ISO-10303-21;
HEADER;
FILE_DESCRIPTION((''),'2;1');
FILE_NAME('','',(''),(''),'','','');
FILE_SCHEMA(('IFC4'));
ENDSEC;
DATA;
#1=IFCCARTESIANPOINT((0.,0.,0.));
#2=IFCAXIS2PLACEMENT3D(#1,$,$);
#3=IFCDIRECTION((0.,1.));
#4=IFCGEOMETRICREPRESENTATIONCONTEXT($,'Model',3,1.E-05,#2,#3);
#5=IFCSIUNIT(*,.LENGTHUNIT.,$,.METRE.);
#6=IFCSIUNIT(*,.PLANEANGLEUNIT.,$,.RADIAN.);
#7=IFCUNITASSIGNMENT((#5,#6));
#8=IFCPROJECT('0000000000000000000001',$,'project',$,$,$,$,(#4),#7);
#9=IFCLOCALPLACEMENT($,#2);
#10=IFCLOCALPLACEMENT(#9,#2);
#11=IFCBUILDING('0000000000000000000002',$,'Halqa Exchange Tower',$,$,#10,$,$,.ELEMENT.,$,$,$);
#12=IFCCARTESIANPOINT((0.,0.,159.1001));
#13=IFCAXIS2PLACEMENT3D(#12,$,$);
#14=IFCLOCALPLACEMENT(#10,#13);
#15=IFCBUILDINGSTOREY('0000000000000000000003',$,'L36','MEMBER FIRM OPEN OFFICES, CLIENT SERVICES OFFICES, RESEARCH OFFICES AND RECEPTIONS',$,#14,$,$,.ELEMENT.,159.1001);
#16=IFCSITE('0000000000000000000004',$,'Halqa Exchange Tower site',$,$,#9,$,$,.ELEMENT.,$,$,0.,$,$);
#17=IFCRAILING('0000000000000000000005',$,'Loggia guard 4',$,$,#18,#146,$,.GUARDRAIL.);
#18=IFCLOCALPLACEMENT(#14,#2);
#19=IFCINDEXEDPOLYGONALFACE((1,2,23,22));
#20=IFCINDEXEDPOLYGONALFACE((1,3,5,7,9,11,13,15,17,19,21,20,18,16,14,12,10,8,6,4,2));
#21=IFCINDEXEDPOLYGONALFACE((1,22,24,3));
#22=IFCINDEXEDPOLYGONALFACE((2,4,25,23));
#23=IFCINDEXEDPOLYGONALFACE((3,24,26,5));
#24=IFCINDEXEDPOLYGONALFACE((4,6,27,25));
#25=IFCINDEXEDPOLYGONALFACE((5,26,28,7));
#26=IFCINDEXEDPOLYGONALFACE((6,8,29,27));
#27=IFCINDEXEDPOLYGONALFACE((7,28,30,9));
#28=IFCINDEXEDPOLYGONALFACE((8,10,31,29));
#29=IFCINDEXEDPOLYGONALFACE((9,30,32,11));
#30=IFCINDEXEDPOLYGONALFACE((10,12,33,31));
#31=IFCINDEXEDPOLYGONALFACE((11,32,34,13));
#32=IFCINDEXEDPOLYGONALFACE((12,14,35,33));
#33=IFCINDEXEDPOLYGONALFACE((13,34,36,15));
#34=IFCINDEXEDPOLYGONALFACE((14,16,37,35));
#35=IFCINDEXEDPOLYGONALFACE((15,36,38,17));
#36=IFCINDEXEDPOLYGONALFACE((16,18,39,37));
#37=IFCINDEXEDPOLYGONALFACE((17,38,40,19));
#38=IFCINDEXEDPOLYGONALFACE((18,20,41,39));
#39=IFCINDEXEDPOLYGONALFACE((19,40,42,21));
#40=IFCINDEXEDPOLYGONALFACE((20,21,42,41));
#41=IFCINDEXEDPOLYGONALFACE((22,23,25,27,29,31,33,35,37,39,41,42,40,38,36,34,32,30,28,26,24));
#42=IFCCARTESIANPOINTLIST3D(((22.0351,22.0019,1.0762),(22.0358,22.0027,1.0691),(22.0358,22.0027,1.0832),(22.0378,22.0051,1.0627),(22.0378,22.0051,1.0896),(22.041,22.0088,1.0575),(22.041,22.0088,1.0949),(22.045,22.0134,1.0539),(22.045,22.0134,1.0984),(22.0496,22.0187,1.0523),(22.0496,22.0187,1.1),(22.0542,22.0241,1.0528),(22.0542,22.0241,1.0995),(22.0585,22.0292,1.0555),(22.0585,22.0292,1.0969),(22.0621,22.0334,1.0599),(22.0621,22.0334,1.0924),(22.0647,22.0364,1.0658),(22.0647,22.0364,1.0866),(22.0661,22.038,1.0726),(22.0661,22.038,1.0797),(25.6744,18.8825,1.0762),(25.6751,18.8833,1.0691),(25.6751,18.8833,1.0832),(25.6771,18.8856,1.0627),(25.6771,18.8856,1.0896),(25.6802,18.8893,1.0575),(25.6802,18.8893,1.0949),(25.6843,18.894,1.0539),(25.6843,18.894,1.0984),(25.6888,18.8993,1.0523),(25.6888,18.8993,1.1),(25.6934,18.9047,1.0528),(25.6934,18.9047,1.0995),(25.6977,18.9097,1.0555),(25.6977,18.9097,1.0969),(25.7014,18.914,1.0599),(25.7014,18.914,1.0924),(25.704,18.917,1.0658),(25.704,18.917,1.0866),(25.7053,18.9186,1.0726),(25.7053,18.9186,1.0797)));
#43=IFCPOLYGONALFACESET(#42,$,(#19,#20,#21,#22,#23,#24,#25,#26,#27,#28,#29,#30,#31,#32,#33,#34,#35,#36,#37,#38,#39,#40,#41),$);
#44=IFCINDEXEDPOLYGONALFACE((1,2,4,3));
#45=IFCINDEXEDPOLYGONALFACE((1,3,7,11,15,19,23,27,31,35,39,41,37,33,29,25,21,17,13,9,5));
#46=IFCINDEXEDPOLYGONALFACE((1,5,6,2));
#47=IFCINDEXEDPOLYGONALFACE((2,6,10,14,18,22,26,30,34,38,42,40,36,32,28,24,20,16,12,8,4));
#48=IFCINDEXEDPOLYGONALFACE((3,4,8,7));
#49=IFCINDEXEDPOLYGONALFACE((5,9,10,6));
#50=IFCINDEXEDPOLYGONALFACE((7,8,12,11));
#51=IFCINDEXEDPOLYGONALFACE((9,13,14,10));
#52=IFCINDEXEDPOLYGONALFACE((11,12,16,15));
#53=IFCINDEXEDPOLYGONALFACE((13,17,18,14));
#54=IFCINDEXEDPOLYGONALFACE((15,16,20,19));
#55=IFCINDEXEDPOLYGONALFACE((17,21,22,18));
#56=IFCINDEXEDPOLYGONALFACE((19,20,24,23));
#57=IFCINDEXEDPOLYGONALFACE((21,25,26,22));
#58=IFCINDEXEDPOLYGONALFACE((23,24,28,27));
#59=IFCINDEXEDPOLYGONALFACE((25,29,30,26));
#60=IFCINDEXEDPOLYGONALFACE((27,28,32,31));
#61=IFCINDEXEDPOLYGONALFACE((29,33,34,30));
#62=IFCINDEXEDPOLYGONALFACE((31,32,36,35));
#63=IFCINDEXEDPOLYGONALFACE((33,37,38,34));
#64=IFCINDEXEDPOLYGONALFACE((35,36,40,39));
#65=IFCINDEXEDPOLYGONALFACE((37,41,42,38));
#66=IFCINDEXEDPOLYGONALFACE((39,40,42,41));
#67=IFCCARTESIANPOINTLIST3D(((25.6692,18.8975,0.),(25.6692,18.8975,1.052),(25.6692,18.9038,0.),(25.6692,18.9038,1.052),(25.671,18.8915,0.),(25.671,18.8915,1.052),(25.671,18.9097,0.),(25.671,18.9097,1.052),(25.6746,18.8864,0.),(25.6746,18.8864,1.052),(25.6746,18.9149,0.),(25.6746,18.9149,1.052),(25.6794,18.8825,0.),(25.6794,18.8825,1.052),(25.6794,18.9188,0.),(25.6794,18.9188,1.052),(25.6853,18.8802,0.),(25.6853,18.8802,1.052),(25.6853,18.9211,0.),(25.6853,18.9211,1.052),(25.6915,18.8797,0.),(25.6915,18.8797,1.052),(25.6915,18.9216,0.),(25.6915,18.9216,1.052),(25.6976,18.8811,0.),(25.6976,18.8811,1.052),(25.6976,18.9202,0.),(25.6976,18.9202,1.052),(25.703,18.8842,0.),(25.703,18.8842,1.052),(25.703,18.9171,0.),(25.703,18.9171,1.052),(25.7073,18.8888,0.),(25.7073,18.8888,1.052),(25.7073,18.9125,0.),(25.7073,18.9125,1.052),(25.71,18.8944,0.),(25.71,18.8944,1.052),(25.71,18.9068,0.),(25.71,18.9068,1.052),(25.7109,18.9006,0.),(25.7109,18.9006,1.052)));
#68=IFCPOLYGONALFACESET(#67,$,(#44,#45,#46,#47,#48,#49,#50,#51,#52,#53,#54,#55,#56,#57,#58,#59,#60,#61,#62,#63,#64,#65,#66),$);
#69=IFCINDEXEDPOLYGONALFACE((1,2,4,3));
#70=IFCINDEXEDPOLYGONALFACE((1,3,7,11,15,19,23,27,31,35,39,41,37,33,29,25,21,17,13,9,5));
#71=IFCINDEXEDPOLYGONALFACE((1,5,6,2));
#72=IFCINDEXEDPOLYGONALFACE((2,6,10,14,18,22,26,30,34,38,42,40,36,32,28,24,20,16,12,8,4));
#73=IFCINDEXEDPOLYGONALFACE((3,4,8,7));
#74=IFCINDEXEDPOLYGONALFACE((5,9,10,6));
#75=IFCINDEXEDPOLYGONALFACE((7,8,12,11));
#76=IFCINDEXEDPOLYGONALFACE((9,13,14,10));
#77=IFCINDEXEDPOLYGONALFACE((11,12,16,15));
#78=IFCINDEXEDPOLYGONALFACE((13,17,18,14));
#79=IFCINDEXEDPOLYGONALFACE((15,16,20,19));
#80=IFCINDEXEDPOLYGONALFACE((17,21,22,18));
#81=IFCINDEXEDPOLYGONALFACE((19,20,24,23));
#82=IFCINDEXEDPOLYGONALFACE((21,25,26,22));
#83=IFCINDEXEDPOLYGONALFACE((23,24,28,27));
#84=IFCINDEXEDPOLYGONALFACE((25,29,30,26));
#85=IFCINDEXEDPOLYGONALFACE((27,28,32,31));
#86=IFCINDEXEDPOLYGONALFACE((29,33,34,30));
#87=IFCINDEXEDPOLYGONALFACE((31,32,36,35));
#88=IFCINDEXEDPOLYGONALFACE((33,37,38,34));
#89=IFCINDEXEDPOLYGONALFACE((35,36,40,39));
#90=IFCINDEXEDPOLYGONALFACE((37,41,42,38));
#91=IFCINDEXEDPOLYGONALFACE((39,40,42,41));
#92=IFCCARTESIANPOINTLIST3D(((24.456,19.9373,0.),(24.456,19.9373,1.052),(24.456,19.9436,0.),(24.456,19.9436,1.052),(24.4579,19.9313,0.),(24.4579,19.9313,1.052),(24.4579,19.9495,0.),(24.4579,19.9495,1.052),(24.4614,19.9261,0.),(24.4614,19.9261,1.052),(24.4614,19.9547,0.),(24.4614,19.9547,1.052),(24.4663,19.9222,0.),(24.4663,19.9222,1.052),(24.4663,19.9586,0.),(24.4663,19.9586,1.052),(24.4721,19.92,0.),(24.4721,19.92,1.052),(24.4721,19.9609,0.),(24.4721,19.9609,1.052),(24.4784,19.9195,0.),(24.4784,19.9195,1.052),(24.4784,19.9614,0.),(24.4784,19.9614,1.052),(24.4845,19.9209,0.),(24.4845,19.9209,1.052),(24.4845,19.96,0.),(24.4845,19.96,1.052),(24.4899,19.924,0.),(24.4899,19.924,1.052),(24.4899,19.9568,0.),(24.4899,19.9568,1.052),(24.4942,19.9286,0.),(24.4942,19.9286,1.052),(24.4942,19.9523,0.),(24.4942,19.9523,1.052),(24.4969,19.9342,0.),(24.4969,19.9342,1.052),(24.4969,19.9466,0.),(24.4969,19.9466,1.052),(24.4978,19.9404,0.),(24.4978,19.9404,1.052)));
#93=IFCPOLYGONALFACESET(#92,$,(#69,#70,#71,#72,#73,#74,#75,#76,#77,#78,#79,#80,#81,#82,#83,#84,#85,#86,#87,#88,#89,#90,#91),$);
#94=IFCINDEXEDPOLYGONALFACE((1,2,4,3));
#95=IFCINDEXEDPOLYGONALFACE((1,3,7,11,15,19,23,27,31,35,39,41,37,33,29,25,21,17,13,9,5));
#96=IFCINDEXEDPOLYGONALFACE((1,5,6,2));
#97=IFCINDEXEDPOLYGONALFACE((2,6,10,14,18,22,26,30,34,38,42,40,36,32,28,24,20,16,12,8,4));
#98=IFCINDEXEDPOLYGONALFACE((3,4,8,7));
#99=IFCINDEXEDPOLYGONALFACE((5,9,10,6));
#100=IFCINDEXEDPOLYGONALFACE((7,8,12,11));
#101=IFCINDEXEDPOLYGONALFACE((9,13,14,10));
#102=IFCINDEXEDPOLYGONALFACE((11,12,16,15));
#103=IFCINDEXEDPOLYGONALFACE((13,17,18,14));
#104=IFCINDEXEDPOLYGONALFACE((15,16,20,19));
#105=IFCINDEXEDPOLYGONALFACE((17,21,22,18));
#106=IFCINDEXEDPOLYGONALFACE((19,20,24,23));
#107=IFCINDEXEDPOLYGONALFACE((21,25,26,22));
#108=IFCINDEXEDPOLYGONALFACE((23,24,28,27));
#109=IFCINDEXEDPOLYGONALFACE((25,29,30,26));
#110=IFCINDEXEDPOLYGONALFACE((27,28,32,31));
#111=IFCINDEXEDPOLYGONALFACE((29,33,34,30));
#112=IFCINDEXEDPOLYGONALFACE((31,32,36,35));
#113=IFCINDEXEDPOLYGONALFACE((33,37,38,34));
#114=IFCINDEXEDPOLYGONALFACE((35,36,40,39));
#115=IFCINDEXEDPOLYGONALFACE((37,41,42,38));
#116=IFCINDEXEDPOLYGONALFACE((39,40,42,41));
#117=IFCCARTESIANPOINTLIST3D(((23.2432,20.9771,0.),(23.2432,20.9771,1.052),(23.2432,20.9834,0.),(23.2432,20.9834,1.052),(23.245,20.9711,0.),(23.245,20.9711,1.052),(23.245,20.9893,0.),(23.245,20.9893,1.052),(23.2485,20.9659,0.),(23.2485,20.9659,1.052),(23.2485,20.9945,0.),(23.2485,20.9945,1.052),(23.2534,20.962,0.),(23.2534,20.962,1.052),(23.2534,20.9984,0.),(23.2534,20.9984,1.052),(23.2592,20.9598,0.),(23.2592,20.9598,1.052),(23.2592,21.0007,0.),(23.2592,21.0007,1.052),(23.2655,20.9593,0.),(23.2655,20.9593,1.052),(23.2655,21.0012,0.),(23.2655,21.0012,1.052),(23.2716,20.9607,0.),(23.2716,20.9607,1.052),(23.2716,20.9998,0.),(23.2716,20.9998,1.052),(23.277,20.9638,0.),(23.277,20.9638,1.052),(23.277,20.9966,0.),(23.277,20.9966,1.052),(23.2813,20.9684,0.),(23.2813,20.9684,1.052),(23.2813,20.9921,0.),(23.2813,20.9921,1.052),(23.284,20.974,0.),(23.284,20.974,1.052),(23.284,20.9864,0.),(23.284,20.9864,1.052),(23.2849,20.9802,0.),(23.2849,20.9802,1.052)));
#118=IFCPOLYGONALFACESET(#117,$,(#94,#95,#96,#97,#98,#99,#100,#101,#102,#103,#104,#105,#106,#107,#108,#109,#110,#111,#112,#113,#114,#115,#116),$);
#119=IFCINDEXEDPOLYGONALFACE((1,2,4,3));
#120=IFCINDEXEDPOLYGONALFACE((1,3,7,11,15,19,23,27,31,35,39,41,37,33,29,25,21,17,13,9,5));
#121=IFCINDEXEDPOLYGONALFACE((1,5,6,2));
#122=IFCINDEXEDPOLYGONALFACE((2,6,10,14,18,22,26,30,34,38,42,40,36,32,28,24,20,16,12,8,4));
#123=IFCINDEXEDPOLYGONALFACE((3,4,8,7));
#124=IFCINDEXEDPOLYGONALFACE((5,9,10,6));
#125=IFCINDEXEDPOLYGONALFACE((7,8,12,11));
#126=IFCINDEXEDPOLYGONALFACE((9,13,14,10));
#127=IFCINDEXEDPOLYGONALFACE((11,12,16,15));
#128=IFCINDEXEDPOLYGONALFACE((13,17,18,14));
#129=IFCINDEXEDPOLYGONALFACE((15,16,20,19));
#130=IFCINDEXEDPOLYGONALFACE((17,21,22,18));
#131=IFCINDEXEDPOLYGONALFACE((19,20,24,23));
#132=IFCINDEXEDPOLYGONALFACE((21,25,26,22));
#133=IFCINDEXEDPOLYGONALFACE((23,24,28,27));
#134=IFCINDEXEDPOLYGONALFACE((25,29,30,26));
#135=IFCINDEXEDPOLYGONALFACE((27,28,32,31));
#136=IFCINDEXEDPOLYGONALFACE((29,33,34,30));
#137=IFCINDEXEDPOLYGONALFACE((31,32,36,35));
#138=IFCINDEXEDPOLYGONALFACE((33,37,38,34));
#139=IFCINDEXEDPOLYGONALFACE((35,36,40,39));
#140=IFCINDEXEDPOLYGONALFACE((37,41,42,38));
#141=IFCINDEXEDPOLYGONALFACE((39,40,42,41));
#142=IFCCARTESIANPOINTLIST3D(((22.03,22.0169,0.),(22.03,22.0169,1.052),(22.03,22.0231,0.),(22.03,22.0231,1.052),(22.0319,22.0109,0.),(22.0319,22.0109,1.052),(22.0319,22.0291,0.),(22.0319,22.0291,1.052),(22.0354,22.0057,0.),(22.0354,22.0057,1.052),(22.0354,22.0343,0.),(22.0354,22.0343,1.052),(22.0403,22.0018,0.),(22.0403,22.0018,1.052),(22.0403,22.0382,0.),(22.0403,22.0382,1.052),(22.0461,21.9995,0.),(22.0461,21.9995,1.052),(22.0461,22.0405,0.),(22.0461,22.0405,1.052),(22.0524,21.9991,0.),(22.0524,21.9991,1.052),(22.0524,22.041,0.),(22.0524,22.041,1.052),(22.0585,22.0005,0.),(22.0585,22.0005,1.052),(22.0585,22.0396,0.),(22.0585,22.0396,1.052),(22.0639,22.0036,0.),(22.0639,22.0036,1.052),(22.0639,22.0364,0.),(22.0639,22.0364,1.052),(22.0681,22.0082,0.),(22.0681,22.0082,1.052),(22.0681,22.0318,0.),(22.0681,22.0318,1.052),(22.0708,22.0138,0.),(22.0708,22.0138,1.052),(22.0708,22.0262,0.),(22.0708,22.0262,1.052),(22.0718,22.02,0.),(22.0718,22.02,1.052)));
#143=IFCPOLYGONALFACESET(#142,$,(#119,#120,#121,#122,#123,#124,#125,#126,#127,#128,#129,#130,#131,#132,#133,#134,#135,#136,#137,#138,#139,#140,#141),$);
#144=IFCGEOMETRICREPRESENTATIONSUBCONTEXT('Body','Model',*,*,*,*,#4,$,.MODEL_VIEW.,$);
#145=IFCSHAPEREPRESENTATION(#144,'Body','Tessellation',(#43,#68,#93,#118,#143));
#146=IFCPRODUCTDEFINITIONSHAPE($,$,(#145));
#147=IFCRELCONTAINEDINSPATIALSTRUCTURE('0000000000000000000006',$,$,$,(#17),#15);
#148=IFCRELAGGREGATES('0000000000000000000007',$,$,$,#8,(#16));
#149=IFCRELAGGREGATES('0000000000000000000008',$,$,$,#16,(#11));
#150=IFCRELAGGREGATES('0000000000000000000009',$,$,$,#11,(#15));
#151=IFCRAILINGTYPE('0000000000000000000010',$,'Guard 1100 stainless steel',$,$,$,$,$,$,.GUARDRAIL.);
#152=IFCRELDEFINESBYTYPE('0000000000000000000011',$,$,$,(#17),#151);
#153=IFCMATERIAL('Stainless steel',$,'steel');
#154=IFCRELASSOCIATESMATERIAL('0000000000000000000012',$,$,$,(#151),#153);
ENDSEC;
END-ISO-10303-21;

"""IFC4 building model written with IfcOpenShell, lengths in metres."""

from ifc_helpers import new_model, si_unit, direction, frame, origin, origin_2d, place, context, subcontext, project, spatial, circle, extrude, material, type_object, element, save


model = new_model("IFC4")

# Units and contexts
model_context = context("Model", 3, precision=1e-05, world=origin(), true_north=direction((0.0, 1.0)))
body_context = subcontext(model_context, "Body", "Model", "MODEL_VIEW")
ifc_project = project(units=[si_unit("LENGTHUNIT", "METRE"), si_unit("PLANEANGLEUNIT", "RADIAN")], contexts=[model_context])

# Site, building, storey
site_placement = place(None, origin())
site = spatial("IfcSite", under=ifc_project, at=site_placement, Name="Halqa Exchange Tower site", CompositionType="ELEMENT", RefElevation=0.0)
building_placement = place(site_placement, origin())
building = spatial("IfcBuilding", under=site, at=building_placement, Name="Halqa Exchange Tower", CompositionType="ELEMENT")
storey_placement = place(building_placement, frame((0.0, 0.0, 159.1001)))
storey = spatial("IfcBuildingStorey", under=building, at=storey_placement, Name="L36", Description="MEMBER FIRM OPEN OFFICES, CLIENT SERVICES OFFICES, RESEARCH OFFICES AND RECEPTIONS", CompositionType="ELEMENT", Elevation=159.1001)

# Railing
ifc_material_1 = material(Name="Stainless steel", Category="steel")
railing_type = type_object("IfcRailingType", Name="Guard 1100 stainless steel", PredefinedType="GUARDRAIL", material=ifc_material_1)
railing_1_placement = place(storey_placement, frame((25.6899, 18.9006, 0.0)))
element("IfcRailing", 1, at=railing_1_placement, inside=storey, type_object=railing_type, Name="Loggia guard 4", PredefinedType="GUARDRAIL", context=body_context, shape_type="SweptSolid", body=[
    extrude(circle(Radius=0.0239, at=origin_2d()), frame((0.0, 0.0, 1.0762), z_axis=(-0.759246, 0.650804, 0.0), x_axis=(-0.650804, -0.759246, 0.0)), (0.0, 0.0, 1.0), 4.7932),
    extrude(circle(Radius=0.021, at=origin_2d()), origin(), (0.0, 0.0, 1.0), 1.052),
    extrude(circle(Radius=0.021, at=origin_2d()), frame((-1.2131, 1.0398, 0.0)), (0.0, 0.0, 1.0), 1.052),
    extrude(circle(Radius=0.021, at=origin_2d()), frame((-2.426, 2.0796, 0.0)), (0.0, 0.0, 1.0), 1.052),
    extrude(circle(Radius=0.021, at=origin_2d()), frame((-3.6392, 3.1194, 0.0)), (0.0, 0.0, 1.0), 1.052),
])

save(model, "model.ifc")
